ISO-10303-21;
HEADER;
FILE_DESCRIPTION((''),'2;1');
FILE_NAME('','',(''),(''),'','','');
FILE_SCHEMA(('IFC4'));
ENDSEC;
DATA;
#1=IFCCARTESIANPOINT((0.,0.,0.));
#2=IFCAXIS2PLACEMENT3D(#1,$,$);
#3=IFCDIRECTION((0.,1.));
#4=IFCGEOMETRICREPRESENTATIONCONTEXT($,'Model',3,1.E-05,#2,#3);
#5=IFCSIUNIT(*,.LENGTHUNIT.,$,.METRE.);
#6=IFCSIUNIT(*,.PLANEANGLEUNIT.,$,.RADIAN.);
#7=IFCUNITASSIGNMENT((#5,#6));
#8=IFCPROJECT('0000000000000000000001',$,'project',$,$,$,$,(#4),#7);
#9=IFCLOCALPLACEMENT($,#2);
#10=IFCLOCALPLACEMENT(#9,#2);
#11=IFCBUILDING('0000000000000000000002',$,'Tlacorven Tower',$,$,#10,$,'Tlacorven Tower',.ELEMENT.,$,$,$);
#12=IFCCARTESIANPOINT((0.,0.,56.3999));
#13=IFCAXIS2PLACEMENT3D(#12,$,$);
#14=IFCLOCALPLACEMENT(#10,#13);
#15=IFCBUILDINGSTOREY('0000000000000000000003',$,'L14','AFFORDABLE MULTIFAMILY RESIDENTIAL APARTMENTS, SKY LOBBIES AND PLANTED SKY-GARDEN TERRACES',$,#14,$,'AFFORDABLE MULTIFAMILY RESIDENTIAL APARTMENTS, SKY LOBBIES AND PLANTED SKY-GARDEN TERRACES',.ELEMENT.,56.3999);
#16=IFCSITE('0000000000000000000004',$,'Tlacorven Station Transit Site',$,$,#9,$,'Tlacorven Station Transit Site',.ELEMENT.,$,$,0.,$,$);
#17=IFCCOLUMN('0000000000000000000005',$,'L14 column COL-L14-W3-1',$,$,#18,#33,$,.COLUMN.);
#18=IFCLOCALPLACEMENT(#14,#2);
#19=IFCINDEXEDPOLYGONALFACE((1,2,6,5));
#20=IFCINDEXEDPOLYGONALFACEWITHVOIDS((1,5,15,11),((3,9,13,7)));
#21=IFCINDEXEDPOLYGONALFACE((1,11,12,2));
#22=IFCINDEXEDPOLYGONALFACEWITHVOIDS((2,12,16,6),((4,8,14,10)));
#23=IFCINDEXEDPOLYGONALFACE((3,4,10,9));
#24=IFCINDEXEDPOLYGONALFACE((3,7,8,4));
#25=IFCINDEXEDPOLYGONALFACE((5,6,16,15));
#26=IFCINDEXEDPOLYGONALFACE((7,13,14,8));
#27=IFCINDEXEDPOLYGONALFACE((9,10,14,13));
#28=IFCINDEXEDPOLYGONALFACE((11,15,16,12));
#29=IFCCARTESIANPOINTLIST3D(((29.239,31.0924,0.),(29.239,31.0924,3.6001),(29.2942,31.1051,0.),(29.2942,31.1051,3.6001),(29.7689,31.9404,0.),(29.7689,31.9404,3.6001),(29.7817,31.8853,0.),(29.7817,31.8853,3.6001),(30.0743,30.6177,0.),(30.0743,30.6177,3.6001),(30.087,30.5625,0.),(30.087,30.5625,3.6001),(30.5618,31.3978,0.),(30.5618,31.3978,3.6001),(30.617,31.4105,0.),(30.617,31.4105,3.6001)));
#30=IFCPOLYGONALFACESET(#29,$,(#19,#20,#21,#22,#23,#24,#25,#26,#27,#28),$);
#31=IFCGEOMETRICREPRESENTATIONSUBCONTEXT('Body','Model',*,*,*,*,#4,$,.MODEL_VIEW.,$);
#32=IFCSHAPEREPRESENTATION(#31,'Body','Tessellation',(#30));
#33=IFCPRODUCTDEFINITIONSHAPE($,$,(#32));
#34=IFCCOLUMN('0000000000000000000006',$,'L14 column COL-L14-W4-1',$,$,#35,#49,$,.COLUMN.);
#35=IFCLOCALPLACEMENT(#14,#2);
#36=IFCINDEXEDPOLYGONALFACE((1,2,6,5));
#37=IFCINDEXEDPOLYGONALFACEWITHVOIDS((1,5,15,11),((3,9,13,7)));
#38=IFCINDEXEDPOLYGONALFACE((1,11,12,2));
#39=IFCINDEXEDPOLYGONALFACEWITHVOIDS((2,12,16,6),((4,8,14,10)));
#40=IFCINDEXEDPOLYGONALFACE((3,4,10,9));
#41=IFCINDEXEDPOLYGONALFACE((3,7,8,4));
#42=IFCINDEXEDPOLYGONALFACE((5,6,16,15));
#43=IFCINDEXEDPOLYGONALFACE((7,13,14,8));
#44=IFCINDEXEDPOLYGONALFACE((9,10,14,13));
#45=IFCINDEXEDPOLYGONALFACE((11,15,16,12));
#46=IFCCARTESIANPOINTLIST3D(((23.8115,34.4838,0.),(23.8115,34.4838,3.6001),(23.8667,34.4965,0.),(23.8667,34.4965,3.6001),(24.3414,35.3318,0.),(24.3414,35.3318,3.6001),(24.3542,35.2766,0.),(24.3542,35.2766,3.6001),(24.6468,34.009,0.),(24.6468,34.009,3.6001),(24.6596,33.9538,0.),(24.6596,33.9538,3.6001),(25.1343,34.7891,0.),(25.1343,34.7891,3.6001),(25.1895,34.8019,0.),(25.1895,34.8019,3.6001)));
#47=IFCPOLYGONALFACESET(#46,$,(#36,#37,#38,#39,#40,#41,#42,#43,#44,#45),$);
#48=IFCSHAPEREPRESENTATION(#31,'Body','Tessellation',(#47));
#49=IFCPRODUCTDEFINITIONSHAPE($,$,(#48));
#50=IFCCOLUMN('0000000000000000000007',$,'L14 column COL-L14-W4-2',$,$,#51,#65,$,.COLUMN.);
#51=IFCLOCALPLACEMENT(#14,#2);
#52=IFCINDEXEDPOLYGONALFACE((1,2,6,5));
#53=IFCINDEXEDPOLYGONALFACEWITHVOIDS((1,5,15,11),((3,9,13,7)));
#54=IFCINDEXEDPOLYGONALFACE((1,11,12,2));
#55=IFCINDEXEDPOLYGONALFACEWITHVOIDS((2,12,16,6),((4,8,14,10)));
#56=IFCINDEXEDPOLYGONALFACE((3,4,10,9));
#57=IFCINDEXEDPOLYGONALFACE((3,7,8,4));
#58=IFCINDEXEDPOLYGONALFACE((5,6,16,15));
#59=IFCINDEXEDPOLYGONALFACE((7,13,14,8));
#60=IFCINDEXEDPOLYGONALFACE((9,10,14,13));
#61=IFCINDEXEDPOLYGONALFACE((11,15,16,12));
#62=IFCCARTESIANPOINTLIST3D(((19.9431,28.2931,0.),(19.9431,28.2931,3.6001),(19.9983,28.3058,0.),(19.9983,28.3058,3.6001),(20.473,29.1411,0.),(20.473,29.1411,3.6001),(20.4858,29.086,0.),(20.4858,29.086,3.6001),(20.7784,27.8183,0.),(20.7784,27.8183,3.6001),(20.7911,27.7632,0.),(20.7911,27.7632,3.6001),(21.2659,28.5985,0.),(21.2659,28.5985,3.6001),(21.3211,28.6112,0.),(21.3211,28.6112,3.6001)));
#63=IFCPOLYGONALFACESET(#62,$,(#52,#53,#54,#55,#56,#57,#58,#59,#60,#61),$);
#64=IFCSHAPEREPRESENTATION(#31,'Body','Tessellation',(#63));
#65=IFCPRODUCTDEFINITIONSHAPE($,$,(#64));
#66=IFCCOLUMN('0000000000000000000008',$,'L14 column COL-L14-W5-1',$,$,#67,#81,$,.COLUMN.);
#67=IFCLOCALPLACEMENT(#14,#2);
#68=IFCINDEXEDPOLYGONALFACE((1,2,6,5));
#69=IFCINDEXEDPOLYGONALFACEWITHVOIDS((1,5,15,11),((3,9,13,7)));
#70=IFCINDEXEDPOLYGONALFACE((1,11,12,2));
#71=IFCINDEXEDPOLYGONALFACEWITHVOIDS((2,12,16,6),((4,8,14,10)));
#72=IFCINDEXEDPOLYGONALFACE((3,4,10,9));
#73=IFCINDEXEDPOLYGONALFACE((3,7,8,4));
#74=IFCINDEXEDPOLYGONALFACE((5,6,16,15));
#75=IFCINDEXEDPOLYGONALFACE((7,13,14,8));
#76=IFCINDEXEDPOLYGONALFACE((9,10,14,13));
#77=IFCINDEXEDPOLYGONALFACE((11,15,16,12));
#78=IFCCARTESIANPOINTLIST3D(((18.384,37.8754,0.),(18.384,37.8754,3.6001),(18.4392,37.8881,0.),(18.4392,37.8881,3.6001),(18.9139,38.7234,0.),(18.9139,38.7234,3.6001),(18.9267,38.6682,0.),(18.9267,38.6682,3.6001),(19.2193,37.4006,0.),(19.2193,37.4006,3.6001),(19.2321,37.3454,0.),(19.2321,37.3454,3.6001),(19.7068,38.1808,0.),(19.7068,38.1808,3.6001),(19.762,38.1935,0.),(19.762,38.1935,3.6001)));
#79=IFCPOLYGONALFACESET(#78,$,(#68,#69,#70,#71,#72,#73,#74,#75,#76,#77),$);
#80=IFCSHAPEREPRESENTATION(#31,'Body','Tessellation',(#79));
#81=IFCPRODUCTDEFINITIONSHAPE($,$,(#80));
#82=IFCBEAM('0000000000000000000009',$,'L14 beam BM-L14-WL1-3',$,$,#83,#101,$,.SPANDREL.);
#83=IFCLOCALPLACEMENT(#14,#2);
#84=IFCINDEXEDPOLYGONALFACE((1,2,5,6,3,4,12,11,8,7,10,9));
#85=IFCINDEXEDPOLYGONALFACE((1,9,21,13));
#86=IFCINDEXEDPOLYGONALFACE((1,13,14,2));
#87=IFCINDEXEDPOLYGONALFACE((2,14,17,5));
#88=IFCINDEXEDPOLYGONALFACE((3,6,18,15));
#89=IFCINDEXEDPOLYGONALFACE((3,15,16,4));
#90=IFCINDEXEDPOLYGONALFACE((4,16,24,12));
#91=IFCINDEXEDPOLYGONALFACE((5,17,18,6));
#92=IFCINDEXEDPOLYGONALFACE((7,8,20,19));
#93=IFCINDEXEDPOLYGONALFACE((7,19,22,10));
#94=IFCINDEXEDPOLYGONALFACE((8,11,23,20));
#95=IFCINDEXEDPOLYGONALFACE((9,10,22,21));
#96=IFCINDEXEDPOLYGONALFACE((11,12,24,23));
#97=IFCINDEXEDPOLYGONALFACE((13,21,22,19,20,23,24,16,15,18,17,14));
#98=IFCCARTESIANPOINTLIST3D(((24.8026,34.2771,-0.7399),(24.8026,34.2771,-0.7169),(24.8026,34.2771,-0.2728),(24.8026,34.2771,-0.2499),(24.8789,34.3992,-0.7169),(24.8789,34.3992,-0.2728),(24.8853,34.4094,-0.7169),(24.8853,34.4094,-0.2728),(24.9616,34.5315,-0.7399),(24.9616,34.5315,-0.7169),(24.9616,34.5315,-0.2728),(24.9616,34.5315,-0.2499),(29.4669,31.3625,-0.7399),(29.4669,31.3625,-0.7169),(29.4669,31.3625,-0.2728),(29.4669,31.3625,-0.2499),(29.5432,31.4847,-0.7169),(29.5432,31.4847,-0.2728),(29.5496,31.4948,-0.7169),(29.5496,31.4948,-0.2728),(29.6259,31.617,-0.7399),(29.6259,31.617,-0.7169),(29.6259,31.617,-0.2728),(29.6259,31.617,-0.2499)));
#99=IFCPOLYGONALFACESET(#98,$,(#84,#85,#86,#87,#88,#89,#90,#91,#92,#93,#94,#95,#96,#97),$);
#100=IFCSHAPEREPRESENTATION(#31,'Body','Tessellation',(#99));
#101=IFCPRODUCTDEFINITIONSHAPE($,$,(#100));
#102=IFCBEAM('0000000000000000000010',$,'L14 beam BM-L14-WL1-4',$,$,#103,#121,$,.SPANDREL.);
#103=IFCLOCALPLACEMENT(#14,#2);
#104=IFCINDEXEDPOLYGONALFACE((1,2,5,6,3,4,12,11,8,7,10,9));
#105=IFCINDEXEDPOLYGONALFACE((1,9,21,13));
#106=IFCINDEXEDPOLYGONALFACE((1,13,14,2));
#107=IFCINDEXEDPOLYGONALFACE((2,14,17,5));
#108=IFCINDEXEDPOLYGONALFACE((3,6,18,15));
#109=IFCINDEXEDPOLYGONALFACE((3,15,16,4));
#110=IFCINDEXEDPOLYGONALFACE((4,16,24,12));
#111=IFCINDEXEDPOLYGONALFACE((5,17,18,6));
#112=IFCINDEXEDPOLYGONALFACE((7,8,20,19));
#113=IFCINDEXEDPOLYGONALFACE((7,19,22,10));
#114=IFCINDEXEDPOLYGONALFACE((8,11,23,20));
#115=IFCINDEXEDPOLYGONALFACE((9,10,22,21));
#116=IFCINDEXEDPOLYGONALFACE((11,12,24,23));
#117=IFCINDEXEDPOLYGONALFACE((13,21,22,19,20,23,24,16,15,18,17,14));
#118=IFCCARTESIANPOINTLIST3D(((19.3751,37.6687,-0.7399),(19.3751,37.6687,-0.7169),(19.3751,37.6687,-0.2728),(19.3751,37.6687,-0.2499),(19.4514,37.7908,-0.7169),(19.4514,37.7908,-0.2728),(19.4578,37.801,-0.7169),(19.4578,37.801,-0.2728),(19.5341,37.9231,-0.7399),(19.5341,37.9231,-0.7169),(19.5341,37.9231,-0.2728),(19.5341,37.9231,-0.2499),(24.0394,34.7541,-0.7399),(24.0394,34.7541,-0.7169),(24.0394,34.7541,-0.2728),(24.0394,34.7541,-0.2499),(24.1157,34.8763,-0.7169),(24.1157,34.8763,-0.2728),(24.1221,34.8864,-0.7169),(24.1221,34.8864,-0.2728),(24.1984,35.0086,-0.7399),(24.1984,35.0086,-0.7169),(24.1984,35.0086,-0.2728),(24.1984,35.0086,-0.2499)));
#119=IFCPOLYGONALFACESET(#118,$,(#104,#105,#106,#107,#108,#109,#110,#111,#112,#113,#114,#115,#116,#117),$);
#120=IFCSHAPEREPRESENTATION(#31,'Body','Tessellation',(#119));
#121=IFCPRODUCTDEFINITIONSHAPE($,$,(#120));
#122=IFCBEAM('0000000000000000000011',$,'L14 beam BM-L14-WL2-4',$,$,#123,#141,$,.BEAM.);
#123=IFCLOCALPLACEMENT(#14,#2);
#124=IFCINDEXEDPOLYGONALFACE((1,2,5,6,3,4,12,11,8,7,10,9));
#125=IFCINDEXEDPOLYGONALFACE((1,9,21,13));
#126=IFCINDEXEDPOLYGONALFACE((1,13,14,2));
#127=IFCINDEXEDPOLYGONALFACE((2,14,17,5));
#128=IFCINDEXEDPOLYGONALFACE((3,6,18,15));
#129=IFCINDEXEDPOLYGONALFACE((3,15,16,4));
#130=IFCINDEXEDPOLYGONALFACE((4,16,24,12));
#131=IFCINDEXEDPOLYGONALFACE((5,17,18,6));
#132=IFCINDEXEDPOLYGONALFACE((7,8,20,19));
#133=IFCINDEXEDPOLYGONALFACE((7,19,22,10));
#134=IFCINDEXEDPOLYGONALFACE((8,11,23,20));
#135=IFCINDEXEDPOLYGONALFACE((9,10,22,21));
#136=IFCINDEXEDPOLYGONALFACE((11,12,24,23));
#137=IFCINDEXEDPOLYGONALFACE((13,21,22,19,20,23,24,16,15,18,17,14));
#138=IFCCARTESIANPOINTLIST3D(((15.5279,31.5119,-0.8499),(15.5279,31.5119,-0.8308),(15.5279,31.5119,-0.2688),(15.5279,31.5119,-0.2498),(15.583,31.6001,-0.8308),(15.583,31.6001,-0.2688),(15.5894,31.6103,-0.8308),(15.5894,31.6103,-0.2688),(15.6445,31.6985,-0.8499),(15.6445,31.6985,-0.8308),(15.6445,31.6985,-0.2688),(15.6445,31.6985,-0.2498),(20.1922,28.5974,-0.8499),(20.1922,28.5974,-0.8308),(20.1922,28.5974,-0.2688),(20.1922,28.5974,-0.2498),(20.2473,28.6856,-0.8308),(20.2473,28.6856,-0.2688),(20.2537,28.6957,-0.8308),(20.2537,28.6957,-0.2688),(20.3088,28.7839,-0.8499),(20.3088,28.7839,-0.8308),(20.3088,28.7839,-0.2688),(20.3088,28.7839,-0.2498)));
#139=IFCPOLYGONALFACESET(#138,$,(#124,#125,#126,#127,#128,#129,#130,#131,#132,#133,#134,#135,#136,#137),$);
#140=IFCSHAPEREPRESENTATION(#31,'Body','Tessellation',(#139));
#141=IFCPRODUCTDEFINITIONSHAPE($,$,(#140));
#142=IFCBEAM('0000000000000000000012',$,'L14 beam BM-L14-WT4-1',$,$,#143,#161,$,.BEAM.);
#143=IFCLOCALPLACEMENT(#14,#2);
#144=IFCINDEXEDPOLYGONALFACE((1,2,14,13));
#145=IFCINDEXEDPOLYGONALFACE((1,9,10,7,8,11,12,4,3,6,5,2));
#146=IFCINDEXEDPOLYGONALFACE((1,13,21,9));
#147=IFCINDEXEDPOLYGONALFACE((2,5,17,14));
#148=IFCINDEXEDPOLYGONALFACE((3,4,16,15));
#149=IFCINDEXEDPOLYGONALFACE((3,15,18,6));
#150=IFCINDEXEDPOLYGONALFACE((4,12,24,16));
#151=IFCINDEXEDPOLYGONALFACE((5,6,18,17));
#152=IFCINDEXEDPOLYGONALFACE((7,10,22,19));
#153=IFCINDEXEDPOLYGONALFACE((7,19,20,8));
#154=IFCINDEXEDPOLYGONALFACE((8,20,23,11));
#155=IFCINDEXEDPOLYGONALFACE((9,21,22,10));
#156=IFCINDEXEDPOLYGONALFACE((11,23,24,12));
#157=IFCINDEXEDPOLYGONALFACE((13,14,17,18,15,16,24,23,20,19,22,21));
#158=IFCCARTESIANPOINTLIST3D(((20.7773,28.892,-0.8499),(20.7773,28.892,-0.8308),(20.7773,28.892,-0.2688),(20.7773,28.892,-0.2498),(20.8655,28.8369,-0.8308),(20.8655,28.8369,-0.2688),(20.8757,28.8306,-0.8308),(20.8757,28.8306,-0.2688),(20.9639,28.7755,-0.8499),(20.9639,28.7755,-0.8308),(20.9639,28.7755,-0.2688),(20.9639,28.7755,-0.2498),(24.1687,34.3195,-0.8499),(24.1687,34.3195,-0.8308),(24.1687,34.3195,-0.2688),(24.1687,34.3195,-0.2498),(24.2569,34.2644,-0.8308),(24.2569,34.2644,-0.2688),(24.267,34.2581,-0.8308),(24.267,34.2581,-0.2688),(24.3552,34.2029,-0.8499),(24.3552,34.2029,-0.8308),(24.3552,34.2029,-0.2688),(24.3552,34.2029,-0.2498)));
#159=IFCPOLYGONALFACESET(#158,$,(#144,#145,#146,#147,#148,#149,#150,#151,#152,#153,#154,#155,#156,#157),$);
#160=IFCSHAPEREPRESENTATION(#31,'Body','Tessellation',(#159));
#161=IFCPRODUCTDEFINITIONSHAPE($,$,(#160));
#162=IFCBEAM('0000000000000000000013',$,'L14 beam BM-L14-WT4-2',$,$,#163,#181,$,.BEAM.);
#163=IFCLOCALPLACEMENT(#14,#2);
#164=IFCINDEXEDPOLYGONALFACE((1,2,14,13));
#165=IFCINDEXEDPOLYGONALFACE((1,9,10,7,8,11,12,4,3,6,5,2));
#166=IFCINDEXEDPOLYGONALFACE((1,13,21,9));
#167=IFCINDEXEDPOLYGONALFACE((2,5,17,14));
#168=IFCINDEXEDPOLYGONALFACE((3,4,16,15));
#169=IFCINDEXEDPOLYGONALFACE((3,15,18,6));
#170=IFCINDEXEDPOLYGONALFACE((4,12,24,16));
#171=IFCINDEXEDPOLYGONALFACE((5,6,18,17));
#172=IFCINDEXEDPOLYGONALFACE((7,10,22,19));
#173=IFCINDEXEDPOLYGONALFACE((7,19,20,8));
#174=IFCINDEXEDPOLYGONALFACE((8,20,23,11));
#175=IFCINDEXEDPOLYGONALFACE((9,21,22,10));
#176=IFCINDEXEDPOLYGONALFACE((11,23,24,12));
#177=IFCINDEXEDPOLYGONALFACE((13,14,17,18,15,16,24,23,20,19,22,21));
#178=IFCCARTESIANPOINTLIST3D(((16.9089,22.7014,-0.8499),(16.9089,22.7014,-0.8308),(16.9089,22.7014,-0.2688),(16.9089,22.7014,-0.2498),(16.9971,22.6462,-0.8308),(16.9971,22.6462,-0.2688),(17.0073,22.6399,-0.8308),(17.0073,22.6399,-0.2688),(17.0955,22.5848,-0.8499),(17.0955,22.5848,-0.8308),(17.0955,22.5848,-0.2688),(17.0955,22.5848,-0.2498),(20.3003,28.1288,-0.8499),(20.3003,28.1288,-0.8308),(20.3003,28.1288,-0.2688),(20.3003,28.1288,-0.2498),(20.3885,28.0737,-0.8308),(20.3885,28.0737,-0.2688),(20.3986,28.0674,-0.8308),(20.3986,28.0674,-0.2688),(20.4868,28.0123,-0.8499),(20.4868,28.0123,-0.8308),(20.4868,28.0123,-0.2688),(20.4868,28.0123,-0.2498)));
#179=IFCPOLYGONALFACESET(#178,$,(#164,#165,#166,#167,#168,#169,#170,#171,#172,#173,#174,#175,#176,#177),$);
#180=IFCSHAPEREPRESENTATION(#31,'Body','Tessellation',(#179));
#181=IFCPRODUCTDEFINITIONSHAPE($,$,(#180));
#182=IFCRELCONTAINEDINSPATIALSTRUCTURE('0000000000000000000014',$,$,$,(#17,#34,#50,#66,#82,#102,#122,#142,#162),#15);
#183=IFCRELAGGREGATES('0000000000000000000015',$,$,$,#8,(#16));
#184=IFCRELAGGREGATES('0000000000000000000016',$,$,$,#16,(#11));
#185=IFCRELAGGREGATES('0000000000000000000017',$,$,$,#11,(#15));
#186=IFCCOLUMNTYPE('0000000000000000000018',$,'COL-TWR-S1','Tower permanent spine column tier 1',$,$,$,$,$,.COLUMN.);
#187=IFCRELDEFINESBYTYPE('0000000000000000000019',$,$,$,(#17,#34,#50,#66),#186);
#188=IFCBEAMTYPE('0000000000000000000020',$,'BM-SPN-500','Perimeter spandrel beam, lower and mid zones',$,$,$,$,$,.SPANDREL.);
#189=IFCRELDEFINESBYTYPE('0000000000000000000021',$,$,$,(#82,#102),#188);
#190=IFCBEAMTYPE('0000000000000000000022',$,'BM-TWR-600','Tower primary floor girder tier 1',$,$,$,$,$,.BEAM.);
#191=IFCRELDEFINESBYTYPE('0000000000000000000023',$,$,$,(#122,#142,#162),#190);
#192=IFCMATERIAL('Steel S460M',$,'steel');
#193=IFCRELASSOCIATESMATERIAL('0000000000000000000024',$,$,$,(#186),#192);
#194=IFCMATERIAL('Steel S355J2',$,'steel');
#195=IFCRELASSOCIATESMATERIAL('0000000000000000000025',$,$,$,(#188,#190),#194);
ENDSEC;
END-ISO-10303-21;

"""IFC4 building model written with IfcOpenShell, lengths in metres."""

from ifc_helpers import new_model, si_unit, direction, frame, origin, origin_2d, place, context, subcontext, project, spatial, hollow_rectangle, i_section, extrude, source, transform, mapped, material, material_profile, profile_set, type_object, element, save


model = new_model("IFC4")

# Units and contexts
model_context = context("Model", 3, precision=1e-05, world=origin(), true_north=direction((0.0, 1.0)))
body_context = subcontext(model_context, "Body", "Model", "MODEL_VIEW")
ifc_project = project(units=[si_unit("LENGTHUNIT", "METRE"), si_unit("PLANEANGLEUNIT", "RADIAN")], contexts=[model_context])

# Site, building, storey
site_placement = place(None, origin())
site = spatial("IfcSite", under=ifc_project, at=site_placement, Name="Tlacorven Station Transit Site", LongName="Tlacorven Station Transit Site", CompositionType="ELEMENT", RefElevation=0.0)
building_placement = place(site_placement, origin())
building = spatial("IfcBuilding", under=site, at=building_placement, Name="Tlacorven Tower", LongName="Tlacorven Tower", CompositionType="ELEMENT")
storey_placement = place(building_placement, frame((0.0, 0.0, 56.3999)))
storey = spatial("IfcBuildingStorey", under=building, at=storey_placement, Name="L14", Description="AFFORDABLE MULTIFAMILY RESIDENTIAL APARTMENTS, SKY LOBBIES AND PLANTED SKY-GARDEN TERRACES", LongName="AFFORDABLE MULTIFAMILY RESIDENTIAL APARTMENTS, SKY LOBBIES AND PLANTED SKY-GARDEN TERRACES", CompositionType="ELEMENT", Elevation=56.3999)

# Columns
ifc_material_1 = material(Name="Steel S460M", Category="steel")
ifc_material_profile_1 = material_profile(ifc_material_1, hollow_rectangle(XDim=1.0, YDim=1.0, WallThickness=0.04, at=origin_2d()), Name="BOX 1000X1000X40")
ifc_profile_set_1 = profile_set([ifc_material_profile_1], Name="Steel S460M")
column_type = type_object("IfcColumnType", Name="COL-TWR-S1", Description="Tower permanent spine column tier 1", PredefinedType="COLUMN", material=ifc_profile_set_1)
shared_shape_1 = source(origin(), body_context, "Body", "SweptSolid", [
    extrude(hollow_rectangle(XDim=1.0, YDim=1.0, WallThickness=0.04, at=origin_2d()), origin(), (0.0, 0.0, 1.0), 3.6001),
])
for number, where, z_axis, x_axis, name in (
    (1, (29.928, 31.2515, 0.0), (0.0, 0.0, 1.0), (-0.848048, 0.529919, 0.0), "L14 column COL-L14-W3-1"),
    (2, (24.5005, 34.6428, 0.0), (0.0, 0.0, 1.0), (-0.848048, 0.529919, 0.0), "L14 column COL-L14-W4-1"),
    (3, (20.6321, 28.4521, 0.0), (0.0, 0.0, 1.0), (-0.848048, 0.529919, 0.0), "L14 column COL-L14-W4-2"),
    (4, (19.073, 38.0344, 0.0), (0.0, 0.0, 1.0), (-0.848048, 0.529919, 0.0), "L14 column COL-L14-W5-1"),
):
    element("IfcColumn", number, at=place(storey_placement, frame(where, z_axis=z_axis, x_axis=x_axis)), inside=storey, type_object=column_type, Name=name, PredefinedType="COLUMN", context=body_context, shape_type="MappedRepresentation", body=[
        mapped(shared_shape_1, transform((0.0, 0.0, 0.0), scale=1.0)),
    ])

# Beams
ifc_material_2 = material(Name="Steel S355J2", Category="steel")
ifc_material_profile_2 = material_profile(ifc_material_2, i_section(OverallWidth=0.3, OverallDepth=0.49, WebThickness=0.012, FlangeThickness=0.0229, at=origin_2d()), Name="HEA 500")
ifc_profile_set_2 = profile_set([ifc_material_profile_2], Name="Steel S355J2")
beam_type_1 = type_object("IfcBeamType", Name="BM-SPN-500", Description="Perimeter spandrel beam, lower and mid zones", PredefinedType="SPANDREL", material=ifc_profile_set_2)
shared_shape_2 = source(origin(), body_context, "Body", "SweptSolid", [
    extrude(i_section(OverallWidth=0.3, OverallDepth=0.49, WebThickness=0.012, FlangeThickness=0.0229, at=origin_2d()), origin(), (0.0, 0.0, 1.0), 5.5),
])
for number, where, z_axis, x_axis, name in (
    (5, (29.5464, 31.4897, -0.4949), (-0.848051, 0.529915, 0.0), (-0.529915, -0.848051, 0.0), "L14 beam BM-L14-WL1-3"),
    (6, (24.1189, 34.8813, -0.4949), (-0.848051, 0.529915, 0.0), (-0.529915, -0.848051, 0.0), "L14 beam BM-L14-WL1-4"),
):
    element("IfcBeam", number, at=place(storey_placement, frame(where, z_axis=z_axis, x_axis=x_axis)), inside=storey, type_object=beam_type_1, Name=name, PredefinedType="SPANDREL", context=body_context, shape_type="MappedRepresentation", body=[
        mapped(shared_shape_2, transform((0.0, 0.0, 0.0), scale=1.0)),
    ])
ifc_material_profile_3 = material_profile(ifc_material_2, i_section(OverallWidth=0.22, OverallDepth=0.6001, WebThickness=0.012, FlangeThickness=0.019, at=origin_2d()), Name="IPE 600")
ifc_profile_set_3 = profile_set([ifc_material_profile_3], Name="Steel S355J2")
beam_type_2 = type_object("IfcBeamType", Name="BM-TWR-600", Description="Tower primary floor girder tier 1", PredefinedType="BEAM", material=ifc_profile_set_3)
shared_shape_3 = source(origin(), body_context, "Body", "SweptSolid", [
    extrude(i_section(OverallWidth=0.22, OverallDepth=0.6001, WebThickness=0.012, FlangeThickness=0.019, at=origin_2d()), origin(), (0.0, 0.0, 1.0), 5.5),
])
beam_placement = place(storey_placement, frame((20.2505, 28.6907, -0.5498), z_axis=(-0.848051, 0.529915, 0.0), x_axis=(-0.529915, -0.848051, 0.0)))
element("IfcBeam", 7, at=beam_placement, inside=storey, type_object=beam_type_2, Name="L14 beam BM-L14-WL2-4", PredefinedType="BEAM", context=body_context, shape_type="MappedRepresentation", body=[
    mapped(shared_shape_3, transform((0.0, 0.0, 0.0), scale=1.0)),
])
shared_shape_4 = source(origin(), body_context, "Body", "SweptSolid", [
    extrude(i_section(OverallWidth=0.22, OverallDepth=0.6001, WebThickness=0.012, FlangeThickness=0.019, at=origin_2d()), origin(), (0.0, 0.0, 1.0), 6.3999),
])
for number, where, z_axis, x_axis, name in (
    (8, (24.262, 34.2612, -0.5498), (-0.529906, -0.848056, 0.0), (0.848056, -0.529906, 0.0), "L14 beam BM-L14-WT4-1"),
    (9, (20.3936, 28.0706, -0.5498), (-0.529906, -0.848056, 0.0), (0.848056, -0.529906, 0.0), "L14 beam BM-L14-WT4-2"),
):
    element("IfcBeam", number, at=place(storey_placement, frame(where, z_axis=z_axis, x_axis=x_axis)), inside=storey, type_object=beam_type_2, Name=name, PredefinedType="BEAM", context=body_context, shape_type="MappedRepresentation", body=[
        mapped(shared_shape_4, transform((0.0, 0.0, 0.0), scale=1.0)),
    ])

save(model, "model.ifc")
